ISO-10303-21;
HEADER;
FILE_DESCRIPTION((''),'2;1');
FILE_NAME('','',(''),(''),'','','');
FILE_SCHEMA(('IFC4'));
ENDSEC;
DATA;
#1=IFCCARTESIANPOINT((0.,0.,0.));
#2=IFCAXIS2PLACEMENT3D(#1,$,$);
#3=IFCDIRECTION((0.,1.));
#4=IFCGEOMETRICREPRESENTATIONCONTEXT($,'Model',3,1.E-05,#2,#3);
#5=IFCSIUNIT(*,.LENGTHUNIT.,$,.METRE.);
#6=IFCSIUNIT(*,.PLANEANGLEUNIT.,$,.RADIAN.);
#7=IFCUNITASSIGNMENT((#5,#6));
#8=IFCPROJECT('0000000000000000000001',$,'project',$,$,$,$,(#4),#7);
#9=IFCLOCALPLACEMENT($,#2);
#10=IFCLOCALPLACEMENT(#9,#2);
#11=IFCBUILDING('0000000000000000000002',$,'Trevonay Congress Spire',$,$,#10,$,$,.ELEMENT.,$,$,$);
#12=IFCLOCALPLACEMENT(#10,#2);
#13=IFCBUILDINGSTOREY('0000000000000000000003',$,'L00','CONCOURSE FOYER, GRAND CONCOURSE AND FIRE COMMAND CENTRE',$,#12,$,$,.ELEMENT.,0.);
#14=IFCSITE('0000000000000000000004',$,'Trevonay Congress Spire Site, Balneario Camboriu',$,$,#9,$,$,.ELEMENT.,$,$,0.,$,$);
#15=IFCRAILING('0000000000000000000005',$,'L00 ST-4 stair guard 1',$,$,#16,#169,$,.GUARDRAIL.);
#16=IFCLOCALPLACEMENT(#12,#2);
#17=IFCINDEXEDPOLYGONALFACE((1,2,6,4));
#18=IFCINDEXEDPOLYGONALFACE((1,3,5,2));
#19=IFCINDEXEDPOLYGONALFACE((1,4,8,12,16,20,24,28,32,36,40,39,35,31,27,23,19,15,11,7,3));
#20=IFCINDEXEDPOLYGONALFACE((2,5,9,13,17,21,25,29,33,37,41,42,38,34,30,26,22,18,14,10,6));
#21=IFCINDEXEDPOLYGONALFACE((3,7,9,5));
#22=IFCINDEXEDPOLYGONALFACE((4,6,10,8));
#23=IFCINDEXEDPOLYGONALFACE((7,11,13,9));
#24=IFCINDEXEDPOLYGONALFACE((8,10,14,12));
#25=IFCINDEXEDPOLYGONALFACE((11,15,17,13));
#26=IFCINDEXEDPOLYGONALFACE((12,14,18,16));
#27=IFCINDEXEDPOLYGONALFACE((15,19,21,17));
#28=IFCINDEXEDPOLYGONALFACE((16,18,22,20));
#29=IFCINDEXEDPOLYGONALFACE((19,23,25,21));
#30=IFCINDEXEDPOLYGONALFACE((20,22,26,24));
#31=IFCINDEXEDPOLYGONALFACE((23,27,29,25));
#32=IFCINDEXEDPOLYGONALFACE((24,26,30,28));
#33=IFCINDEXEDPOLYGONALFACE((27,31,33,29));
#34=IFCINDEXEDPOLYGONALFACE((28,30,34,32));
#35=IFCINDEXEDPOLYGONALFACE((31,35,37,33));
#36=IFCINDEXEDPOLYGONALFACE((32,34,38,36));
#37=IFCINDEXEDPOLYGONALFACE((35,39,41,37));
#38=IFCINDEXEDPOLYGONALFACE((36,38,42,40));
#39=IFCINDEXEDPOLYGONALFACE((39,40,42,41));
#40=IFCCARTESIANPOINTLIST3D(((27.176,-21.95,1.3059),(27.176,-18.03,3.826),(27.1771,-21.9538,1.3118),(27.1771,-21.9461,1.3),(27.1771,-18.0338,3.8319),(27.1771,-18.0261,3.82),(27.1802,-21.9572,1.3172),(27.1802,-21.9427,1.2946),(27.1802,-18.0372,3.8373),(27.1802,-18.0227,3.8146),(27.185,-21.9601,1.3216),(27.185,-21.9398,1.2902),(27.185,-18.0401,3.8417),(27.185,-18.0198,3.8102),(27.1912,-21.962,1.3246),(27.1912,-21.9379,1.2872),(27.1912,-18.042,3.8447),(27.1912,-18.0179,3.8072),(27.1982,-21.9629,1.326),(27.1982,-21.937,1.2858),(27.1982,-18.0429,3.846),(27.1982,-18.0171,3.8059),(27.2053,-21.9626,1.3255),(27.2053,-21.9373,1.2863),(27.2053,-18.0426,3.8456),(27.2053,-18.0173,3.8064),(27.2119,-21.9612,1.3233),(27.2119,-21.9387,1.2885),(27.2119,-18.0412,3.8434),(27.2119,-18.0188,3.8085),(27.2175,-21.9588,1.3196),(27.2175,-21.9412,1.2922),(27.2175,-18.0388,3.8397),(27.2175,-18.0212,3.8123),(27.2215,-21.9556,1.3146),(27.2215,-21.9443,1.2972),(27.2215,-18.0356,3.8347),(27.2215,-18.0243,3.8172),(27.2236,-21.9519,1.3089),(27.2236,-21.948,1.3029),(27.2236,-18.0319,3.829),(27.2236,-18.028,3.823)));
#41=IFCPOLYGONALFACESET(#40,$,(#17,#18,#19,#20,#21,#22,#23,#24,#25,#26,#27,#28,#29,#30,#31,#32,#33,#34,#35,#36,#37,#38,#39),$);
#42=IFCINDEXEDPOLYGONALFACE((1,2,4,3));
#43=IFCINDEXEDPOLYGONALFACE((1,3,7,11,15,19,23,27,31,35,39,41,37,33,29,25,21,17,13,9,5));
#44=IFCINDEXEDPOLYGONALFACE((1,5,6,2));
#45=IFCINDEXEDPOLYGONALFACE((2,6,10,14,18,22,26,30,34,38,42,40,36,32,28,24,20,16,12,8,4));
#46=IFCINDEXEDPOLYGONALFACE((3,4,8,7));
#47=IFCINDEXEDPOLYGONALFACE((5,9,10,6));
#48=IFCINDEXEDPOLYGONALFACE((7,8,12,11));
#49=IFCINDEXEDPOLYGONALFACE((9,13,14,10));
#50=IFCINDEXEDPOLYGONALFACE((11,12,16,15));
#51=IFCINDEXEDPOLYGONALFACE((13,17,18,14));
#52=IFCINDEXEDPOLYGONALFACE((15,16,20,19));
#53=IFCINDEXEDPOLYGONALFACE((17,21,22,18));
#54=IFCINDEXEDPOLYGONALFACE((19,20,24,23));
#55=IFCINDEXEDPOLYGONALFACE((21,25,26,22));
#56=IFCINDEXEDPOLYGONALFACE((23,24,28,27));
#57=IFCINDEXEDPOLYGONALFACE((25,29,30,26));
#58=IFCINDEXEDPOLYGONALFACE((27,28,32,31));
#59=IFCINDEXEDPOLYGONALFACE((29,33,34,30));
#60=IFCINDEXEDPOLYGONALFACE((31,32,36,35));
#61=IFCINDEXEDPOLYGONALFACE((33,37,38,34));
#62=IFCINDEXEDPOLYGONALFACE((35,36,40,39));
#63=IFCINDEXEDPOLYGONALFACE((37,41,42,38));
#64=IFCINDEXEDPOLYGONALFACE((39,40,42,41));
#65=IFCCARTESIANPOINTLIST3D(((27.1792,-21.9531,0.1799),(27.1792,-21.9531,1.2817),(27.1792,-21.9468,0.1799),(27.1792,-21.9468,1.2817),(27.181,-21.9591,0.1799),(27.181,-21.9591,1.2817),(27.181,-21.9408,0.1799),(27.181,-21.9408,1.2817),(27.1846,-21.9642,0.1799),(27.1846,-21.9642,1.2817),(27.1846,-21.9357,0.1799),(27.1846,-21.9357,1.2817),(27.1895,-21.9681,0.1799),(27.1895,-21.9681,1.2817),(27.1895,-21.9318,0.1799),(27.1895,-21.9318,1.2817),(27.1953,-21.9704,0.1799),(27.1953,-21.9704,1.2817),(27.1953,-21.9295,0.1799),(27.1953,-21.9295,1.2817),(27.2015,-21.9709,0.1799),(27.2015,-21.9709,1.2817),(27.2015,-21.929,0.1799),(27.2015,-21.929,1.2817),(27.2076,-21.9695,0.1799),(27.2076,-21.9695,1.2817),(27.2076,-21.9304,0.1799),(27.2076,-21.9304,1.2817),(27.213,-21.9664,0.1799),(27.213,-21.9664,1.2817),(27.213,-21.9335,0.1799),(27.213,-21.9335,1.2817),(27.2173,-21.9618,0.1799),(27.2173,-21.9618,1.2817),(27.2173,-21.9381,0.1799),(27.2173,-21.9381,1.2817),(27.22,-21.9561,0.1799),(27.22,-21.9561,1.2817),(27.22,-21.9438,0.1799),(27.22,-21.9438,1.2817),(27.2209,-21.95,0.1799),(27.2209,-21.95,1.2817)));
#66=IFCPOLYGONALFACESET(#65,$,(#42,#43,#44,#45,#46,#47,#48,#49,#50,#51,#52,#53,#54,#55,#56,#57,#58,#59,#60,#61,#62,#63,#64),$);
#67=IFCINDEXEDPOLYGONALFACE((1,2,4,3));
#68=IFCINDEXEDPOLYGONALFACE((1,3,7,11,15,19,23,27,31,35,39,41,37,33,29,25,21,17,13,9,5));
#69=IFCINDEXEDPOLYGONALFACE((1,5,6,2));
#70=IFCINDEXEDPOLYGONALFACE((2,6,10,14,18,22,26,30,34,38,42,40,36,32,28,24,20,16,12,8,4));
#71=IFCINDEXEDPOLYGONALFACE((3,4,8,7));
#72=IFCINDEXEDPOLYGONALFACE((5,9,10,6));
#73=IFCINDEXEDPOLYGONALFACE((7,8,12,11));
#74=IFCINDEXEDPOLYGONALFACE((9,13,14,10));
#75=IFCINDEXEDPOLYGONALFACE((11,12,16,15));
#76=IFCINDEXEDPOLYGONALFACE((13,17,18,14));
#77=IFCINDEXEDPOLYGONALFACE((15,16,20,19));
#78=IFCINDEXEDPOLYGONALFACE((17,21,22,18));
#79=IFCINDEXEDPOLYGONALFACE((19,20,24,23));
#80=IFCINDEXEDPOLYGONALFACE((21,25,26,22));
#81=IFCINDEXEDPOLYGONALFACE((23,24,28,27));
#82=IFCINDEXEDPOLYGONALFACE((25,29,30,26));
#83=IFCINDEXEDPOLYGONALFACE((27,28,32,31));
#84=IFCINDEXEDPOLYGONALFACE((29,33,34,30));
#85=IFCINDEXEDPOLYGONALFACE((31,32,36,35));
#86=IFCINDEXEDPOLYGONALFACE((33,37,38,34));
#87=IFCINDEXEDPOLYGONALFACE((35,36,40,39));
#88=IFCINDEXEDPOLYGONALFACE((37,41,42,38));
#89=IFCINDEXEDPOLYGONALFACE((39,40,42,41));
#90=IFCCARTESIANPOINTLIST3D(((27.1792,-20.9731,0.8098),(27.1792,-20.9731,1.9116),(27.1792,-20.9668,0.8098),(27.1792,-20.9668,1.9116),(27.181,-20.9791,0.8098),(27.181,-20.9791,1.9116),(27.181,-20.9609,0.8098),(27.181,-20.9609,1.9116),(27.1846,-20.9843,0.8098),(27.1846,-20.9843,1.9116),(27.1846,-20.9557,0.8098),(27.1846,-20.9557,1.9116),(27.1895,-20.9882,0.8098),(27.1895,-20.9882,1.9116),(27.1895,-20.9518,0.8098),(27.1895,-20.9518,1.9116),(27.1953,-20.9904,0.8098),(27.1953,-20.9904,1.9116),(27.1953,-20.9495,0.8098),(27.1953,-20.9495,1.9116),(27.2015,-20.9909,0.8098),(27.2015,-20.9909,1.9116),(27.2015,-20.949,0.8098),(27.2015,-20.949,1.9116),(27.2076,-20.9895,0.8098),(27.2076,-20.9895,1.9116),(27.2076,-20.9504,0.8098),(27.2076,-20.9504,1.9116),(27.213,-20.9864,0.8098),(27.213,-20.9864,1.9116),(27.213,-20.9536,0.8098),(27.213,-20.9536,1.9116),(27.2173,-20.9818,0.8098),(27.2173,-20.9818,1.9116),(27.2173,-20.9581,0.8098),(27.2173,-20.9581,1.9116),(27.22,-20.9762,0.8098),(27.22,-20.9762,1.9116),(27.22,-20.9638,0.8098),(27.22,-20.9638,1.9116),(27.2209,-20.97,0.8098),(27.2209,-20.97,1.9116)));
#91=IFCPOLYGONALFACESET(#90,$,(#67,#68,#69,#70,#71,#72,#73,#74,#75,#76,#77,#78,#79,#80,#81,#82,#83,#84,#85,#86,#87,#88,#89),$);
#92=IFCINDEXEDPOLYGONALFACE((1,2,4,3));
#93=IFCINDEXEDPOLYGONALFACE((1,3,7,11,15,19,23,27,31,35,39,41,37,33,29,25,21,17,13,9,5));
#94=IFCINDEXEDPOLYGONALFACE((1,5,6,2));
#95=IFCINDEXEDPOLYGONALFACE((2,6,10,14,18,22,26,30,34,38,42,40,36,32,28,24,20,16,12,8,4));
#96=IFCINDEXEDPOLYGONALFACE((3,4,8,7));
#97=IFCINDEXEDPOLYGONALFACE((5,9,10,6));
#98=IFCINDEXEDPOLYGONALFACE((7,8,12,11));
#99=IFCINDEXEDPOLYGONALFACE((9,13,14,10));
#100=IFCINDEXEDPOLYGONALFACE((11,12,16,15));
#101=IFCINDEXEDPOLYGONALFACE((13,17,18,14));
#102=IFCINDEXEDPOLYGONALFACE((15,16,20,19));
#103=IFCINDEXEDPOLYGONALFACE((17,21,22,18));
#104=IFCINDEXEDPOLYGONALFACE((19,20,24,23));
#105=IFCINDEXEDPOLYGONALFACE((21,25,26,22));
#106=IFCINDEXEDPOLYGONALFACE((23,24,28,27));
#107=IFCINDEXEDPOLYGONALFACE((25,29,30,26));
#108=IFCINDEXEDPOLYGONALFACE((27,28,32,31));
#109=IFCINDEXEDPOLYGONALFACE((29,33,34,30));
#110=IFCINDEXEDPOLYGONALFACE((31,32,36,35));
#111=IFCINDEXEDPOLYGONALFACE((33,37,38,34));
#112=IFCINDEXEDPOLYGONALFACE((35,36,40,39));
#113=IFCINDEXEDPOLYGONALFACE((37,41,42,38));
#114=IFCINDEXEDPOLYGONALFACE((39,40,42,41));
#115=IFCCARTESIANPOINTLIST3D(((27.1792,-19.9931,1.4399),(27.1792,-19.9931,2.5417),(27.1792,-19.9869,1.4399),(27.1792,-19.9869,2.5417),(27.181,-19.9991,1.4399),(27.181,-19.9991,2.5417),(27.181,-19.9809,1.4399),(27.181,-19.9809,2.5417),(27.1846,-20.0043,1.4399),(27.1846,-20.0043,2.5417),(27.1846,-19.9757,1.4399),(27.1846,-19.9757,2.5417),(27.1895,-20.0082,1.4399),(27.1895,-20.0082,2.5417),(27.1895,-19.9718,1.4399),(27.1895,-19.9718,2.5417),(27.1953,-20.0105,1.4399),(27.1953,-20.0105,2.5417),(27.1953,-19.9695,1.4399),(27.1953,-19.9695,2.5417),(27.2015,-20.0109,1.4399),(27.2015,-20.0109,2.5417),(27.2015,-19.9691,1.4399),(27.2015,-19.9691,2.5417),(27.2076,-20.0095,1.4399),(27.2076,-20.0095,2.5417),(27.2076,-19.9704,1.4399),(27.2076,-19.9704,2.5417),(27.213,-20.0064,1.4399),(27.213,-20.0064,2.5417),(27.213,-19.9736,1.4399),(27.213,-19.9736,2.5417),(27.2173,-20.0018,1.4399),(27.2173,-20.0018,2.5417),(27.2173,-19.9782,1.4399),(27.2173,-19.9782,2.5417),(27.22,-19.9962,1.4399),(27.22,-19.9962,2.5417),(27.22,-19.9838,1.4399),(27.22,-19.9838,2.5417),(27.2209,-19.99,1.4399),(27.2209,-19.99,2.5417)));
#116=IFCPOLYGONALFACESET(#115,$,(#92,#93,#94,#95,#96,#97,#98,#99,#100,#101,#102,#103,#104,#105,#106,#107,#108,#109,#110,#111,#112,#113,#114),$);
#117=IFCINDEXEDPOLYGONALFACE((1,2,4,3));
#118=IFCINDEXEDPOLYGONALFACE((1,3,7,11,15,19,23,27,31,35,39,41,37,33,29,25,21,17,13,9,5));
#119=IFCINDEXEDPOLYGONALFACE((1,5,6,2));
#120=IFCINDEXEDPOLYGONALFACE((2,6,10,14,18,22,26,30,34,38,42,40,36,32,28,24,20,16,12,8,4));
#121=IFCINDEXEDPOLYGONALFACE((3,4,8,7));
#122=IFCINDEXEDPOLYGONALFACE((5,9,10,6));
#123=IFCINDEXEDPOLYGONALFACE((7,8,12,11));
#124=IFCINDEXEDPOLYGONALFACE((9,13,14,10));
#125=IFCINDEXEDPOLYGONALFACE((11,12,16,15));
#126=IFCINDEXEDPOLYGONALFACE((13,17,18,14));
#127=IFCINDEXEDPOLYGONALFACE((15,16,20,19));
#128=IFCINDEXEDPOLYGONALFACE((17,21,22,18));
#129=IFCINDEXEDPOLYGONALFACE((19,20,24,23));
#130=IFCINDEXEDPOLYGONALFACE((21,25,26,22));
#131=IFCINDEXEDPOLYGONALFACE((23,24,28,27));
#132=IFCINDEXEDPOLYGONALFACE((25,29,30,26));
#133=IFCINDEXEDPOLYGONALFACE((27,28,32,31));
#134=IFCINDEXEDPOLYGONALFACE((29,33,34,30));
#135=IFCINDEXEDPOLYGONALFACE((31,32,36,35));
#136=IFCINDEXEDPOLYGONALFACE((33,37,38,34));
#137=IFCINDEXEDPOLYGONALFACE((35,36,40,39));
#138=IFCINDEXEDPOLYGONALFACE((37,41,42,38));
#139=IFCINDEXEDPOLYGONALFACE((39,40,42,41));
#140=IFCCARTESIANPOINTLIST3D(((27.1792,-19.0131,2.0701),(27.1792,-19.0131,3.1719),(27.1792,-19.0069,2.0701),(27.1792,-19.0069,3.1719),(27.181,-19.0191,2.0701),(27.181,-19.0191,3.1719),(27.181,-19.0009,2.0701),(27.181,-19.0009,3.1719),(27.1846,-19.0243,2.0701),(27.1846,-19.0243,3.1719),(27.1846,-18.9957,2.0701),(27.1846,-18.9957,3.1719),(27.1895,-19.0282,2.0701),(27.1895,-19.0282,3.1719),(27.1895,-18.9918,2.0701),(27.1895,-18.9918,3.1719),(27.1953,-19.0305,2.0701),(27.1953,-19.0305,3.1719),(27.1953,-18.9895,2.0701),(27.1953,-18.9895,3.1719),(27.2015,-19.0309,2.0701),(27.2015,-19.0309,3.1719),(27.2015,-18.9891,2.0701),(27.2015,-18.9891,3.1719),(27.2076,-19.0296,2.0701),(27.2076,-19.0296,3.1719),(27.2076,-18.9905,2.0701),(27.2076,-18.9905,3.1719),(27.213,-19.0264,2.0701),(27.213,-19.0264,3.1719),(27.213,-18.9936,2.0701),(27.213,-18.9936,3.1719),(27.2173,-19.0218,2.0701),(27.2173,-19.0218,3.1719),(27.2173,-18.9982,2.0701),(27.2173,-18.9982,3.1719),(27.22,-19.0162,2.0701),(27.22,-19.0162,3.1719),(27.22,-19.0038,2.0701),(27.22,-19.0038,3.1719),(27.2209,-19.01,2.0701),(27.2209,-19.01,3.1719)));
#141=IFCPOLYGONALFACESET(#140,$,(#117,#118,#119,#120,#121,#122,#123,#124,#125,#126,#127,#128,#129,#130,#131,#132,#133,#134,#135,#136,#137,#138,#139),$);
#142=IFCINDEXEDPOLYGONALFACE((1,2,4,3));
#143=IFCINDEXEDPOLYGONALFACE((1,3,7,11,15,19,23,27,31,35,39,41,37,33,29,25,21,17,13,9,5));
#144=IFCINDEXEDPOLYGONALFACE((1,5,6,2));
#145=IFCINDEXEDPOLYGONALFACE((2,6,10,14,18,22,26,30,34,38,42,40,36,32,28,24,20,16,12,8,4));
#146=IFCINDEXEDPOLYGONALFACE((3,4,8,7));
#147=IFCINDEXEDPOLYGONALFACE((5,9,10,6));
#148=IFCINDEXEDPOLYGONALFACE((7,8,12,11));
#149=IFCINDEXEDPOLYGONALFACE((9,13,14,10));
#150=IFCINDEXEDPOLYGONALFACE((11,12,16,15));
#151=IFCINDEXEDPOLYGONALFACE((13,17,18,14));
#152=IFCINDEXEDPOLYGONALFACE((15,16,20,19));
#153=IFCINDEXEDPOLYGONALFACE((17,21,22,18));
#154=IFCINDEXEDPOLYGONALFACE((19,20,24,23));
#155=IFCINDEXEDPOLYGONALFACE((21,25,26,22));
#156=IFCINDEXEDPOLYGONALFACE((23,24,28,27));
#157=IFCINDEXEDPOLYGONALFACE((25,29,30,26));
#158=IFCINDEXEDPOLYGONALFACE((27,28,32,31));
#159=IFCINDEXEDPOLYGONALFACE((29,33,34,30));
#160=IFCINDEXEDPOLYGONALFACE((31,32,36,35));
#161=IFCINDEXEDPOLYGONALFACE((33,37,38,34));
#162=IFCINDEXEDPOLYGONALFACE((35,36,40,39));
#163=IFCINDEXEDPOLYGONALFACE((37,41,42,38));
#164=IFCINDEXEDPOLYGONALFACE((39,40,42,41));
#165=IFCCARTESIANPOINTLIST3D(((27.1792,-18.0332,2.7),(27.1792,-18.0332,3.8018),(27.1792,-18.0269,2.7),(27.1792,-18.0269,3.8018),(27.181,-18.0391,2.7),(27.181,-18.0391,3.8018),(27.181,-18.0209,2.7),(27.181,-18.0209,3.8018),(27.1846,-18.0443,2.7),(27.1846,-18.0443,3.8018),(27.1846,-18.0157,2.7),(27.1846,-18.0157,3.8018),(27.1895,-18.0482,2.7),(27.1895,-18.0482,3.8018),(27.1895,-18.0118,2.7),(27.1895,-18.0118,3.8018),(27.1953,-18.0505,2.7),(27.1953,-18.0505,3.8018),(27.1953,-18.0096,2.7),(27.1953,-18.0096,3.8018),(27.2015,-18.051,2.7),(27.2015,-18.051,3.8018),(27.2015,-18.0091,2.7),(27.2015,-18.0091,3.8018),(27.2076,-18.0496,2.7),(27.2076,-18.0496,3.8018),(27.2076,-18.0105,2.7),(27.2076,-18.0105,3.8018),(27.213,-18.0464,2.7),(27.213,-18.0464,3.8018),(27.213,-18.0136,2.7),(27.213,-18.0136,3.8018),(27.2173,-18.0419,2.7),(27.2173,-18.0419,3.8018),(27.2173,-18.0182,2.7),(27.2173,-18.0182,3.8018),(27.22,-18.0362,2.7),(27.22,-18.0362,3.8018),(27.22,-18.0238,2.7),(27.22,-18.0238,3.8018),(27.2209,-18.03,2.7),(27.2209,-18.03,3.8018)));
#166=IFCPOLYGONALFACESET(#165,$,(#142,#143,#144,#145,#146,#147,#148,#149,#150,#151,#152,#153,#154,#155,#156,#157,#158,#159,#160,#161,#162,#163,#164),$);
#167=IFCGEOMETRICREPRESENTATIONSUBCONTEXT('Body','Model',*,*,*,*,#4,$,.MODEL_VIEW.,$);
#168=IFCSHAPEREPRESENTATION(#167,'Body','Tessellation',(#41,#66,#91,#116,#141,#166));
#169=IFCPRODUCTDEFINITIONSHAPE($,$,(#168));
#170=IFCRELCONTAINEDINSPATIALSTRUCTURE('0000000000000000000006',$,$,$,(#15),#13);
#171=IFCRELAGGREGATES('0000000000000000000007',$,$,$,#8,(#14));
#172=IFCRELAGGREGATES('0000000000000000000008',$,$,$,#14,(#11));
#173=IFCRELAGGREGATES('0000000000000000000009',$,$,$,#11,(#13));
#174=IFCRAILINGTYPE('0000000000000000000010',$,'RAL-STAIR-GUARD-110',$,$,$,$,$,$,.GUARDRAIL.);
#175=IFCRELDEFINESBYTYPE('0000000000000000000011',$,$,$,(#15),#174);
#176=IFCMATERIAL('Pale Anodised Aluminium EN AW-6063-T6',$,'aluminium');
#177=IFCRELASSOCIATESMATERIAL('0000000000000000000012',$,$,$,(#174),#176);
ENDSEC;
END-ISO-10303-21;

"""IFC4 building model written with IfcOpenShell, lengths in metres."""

from ifc_helpers import new_model, si_unit, direction, frame, origin, origin_2d, place, context, subcontext, project, spatial, circle, extrude, material, type_object, element, save


model = new_model("IFC4")

# Units and contexts
model_context = context("Model", 3, precision=1e-05, world=origin(), true_north=direction((0.0, 1.0)))
body_context = subcontext(model_context, "Body", "Model", "MODEL_VIEW")
ifc_project = project(units=[si_unit("LENGTHUNIT", "METRE"), si_unit("PLANEANGLEUNIT", "RADIAN")], contexts=[model_context])

# Site, building, storey
site_placement = place(None, origin())
site = spatial("IfcSite", under=ifc_project, at=site_placement, Name="Trevonay Congress Spire Site, Balneario Camboriu", CompositionType="ELEMENT", RefElevation=0.0)
building_placement = place(site_placement, origin())
building = spatial("IfcBuilding", under=site, at=building_placement, Name="Trevonay Congress Spire", CompositionType="ELEMENT")
storey_placement = place(building_placement, origin())
storey = spatial("IfcBuildingStorey", under=building, at=storey_placement, Name="L00", Description="CONCOURSE FOYER, GRAND CONCOURSE AND FIRE COMMAND CENTRE", CompositionType="ELEMENT", Elevation=0.0)

# Shared definitions
ifc_material_1 = material(Name="Pale Anodised Aluminium EN AW-6063-T6", Category="aluminium")

# Railing
railing_type_1 = type_object("IfcRailingType", Name="RAL-STAIR-GUARD-110", PredefinedType="GUARDRAIL", material=ifc_material_1)
railing_1_placement = place(storey_placement, frame((27.2, -21.95, 0.1799)))
element("IfcRailing", 1, at=railing_1_placement, inside=storey, type_object=railing_type_1, Name="L00 ST-4 stair guard 1", PredefinedType="GUARDRAIL", context=body_context, shape_type="SweptSolid", body=[
    extrude(circle(Radius=0.0239, at=origin_2d()), frame((0.0, 0.0, 1.126), z_axis=(0.0, 0.841172, 0.540768), x_axis=(-1.0, 0.0, 0.0)), (0.0, 0.0, 1.0), 4.6602),
    extrude(circle(Radius=0.021, at=origin_2d()), origin(), (0.0, 0.0, 1.0), 1.1018),
    extrude(circle(Radius=0.021, at=origin_2d()), frame((0.0, 0.98, 0.6299)), (0.0, 0.0, 1.0), 1.1018),
    extrude(circle(Radius=0.021, at=origin_2d()), frame((0.0, 1.96, 1.26)), (0.0, 0.0, 1.0), 1.1018),
    extrude(circle(Radius=0.021, at=origin_2d()), frame((0.0, 2.9399, 1.8901)), (0.0, 0.0, 1.0), 1.1018),
    extrude(circle(Radius=0.021, at=origin_2d()), frame((0.0, 3.9199, 2.52)), (0.0, 0.0, 1.0), 1.1018),
])

save(model, "model.ifc")
